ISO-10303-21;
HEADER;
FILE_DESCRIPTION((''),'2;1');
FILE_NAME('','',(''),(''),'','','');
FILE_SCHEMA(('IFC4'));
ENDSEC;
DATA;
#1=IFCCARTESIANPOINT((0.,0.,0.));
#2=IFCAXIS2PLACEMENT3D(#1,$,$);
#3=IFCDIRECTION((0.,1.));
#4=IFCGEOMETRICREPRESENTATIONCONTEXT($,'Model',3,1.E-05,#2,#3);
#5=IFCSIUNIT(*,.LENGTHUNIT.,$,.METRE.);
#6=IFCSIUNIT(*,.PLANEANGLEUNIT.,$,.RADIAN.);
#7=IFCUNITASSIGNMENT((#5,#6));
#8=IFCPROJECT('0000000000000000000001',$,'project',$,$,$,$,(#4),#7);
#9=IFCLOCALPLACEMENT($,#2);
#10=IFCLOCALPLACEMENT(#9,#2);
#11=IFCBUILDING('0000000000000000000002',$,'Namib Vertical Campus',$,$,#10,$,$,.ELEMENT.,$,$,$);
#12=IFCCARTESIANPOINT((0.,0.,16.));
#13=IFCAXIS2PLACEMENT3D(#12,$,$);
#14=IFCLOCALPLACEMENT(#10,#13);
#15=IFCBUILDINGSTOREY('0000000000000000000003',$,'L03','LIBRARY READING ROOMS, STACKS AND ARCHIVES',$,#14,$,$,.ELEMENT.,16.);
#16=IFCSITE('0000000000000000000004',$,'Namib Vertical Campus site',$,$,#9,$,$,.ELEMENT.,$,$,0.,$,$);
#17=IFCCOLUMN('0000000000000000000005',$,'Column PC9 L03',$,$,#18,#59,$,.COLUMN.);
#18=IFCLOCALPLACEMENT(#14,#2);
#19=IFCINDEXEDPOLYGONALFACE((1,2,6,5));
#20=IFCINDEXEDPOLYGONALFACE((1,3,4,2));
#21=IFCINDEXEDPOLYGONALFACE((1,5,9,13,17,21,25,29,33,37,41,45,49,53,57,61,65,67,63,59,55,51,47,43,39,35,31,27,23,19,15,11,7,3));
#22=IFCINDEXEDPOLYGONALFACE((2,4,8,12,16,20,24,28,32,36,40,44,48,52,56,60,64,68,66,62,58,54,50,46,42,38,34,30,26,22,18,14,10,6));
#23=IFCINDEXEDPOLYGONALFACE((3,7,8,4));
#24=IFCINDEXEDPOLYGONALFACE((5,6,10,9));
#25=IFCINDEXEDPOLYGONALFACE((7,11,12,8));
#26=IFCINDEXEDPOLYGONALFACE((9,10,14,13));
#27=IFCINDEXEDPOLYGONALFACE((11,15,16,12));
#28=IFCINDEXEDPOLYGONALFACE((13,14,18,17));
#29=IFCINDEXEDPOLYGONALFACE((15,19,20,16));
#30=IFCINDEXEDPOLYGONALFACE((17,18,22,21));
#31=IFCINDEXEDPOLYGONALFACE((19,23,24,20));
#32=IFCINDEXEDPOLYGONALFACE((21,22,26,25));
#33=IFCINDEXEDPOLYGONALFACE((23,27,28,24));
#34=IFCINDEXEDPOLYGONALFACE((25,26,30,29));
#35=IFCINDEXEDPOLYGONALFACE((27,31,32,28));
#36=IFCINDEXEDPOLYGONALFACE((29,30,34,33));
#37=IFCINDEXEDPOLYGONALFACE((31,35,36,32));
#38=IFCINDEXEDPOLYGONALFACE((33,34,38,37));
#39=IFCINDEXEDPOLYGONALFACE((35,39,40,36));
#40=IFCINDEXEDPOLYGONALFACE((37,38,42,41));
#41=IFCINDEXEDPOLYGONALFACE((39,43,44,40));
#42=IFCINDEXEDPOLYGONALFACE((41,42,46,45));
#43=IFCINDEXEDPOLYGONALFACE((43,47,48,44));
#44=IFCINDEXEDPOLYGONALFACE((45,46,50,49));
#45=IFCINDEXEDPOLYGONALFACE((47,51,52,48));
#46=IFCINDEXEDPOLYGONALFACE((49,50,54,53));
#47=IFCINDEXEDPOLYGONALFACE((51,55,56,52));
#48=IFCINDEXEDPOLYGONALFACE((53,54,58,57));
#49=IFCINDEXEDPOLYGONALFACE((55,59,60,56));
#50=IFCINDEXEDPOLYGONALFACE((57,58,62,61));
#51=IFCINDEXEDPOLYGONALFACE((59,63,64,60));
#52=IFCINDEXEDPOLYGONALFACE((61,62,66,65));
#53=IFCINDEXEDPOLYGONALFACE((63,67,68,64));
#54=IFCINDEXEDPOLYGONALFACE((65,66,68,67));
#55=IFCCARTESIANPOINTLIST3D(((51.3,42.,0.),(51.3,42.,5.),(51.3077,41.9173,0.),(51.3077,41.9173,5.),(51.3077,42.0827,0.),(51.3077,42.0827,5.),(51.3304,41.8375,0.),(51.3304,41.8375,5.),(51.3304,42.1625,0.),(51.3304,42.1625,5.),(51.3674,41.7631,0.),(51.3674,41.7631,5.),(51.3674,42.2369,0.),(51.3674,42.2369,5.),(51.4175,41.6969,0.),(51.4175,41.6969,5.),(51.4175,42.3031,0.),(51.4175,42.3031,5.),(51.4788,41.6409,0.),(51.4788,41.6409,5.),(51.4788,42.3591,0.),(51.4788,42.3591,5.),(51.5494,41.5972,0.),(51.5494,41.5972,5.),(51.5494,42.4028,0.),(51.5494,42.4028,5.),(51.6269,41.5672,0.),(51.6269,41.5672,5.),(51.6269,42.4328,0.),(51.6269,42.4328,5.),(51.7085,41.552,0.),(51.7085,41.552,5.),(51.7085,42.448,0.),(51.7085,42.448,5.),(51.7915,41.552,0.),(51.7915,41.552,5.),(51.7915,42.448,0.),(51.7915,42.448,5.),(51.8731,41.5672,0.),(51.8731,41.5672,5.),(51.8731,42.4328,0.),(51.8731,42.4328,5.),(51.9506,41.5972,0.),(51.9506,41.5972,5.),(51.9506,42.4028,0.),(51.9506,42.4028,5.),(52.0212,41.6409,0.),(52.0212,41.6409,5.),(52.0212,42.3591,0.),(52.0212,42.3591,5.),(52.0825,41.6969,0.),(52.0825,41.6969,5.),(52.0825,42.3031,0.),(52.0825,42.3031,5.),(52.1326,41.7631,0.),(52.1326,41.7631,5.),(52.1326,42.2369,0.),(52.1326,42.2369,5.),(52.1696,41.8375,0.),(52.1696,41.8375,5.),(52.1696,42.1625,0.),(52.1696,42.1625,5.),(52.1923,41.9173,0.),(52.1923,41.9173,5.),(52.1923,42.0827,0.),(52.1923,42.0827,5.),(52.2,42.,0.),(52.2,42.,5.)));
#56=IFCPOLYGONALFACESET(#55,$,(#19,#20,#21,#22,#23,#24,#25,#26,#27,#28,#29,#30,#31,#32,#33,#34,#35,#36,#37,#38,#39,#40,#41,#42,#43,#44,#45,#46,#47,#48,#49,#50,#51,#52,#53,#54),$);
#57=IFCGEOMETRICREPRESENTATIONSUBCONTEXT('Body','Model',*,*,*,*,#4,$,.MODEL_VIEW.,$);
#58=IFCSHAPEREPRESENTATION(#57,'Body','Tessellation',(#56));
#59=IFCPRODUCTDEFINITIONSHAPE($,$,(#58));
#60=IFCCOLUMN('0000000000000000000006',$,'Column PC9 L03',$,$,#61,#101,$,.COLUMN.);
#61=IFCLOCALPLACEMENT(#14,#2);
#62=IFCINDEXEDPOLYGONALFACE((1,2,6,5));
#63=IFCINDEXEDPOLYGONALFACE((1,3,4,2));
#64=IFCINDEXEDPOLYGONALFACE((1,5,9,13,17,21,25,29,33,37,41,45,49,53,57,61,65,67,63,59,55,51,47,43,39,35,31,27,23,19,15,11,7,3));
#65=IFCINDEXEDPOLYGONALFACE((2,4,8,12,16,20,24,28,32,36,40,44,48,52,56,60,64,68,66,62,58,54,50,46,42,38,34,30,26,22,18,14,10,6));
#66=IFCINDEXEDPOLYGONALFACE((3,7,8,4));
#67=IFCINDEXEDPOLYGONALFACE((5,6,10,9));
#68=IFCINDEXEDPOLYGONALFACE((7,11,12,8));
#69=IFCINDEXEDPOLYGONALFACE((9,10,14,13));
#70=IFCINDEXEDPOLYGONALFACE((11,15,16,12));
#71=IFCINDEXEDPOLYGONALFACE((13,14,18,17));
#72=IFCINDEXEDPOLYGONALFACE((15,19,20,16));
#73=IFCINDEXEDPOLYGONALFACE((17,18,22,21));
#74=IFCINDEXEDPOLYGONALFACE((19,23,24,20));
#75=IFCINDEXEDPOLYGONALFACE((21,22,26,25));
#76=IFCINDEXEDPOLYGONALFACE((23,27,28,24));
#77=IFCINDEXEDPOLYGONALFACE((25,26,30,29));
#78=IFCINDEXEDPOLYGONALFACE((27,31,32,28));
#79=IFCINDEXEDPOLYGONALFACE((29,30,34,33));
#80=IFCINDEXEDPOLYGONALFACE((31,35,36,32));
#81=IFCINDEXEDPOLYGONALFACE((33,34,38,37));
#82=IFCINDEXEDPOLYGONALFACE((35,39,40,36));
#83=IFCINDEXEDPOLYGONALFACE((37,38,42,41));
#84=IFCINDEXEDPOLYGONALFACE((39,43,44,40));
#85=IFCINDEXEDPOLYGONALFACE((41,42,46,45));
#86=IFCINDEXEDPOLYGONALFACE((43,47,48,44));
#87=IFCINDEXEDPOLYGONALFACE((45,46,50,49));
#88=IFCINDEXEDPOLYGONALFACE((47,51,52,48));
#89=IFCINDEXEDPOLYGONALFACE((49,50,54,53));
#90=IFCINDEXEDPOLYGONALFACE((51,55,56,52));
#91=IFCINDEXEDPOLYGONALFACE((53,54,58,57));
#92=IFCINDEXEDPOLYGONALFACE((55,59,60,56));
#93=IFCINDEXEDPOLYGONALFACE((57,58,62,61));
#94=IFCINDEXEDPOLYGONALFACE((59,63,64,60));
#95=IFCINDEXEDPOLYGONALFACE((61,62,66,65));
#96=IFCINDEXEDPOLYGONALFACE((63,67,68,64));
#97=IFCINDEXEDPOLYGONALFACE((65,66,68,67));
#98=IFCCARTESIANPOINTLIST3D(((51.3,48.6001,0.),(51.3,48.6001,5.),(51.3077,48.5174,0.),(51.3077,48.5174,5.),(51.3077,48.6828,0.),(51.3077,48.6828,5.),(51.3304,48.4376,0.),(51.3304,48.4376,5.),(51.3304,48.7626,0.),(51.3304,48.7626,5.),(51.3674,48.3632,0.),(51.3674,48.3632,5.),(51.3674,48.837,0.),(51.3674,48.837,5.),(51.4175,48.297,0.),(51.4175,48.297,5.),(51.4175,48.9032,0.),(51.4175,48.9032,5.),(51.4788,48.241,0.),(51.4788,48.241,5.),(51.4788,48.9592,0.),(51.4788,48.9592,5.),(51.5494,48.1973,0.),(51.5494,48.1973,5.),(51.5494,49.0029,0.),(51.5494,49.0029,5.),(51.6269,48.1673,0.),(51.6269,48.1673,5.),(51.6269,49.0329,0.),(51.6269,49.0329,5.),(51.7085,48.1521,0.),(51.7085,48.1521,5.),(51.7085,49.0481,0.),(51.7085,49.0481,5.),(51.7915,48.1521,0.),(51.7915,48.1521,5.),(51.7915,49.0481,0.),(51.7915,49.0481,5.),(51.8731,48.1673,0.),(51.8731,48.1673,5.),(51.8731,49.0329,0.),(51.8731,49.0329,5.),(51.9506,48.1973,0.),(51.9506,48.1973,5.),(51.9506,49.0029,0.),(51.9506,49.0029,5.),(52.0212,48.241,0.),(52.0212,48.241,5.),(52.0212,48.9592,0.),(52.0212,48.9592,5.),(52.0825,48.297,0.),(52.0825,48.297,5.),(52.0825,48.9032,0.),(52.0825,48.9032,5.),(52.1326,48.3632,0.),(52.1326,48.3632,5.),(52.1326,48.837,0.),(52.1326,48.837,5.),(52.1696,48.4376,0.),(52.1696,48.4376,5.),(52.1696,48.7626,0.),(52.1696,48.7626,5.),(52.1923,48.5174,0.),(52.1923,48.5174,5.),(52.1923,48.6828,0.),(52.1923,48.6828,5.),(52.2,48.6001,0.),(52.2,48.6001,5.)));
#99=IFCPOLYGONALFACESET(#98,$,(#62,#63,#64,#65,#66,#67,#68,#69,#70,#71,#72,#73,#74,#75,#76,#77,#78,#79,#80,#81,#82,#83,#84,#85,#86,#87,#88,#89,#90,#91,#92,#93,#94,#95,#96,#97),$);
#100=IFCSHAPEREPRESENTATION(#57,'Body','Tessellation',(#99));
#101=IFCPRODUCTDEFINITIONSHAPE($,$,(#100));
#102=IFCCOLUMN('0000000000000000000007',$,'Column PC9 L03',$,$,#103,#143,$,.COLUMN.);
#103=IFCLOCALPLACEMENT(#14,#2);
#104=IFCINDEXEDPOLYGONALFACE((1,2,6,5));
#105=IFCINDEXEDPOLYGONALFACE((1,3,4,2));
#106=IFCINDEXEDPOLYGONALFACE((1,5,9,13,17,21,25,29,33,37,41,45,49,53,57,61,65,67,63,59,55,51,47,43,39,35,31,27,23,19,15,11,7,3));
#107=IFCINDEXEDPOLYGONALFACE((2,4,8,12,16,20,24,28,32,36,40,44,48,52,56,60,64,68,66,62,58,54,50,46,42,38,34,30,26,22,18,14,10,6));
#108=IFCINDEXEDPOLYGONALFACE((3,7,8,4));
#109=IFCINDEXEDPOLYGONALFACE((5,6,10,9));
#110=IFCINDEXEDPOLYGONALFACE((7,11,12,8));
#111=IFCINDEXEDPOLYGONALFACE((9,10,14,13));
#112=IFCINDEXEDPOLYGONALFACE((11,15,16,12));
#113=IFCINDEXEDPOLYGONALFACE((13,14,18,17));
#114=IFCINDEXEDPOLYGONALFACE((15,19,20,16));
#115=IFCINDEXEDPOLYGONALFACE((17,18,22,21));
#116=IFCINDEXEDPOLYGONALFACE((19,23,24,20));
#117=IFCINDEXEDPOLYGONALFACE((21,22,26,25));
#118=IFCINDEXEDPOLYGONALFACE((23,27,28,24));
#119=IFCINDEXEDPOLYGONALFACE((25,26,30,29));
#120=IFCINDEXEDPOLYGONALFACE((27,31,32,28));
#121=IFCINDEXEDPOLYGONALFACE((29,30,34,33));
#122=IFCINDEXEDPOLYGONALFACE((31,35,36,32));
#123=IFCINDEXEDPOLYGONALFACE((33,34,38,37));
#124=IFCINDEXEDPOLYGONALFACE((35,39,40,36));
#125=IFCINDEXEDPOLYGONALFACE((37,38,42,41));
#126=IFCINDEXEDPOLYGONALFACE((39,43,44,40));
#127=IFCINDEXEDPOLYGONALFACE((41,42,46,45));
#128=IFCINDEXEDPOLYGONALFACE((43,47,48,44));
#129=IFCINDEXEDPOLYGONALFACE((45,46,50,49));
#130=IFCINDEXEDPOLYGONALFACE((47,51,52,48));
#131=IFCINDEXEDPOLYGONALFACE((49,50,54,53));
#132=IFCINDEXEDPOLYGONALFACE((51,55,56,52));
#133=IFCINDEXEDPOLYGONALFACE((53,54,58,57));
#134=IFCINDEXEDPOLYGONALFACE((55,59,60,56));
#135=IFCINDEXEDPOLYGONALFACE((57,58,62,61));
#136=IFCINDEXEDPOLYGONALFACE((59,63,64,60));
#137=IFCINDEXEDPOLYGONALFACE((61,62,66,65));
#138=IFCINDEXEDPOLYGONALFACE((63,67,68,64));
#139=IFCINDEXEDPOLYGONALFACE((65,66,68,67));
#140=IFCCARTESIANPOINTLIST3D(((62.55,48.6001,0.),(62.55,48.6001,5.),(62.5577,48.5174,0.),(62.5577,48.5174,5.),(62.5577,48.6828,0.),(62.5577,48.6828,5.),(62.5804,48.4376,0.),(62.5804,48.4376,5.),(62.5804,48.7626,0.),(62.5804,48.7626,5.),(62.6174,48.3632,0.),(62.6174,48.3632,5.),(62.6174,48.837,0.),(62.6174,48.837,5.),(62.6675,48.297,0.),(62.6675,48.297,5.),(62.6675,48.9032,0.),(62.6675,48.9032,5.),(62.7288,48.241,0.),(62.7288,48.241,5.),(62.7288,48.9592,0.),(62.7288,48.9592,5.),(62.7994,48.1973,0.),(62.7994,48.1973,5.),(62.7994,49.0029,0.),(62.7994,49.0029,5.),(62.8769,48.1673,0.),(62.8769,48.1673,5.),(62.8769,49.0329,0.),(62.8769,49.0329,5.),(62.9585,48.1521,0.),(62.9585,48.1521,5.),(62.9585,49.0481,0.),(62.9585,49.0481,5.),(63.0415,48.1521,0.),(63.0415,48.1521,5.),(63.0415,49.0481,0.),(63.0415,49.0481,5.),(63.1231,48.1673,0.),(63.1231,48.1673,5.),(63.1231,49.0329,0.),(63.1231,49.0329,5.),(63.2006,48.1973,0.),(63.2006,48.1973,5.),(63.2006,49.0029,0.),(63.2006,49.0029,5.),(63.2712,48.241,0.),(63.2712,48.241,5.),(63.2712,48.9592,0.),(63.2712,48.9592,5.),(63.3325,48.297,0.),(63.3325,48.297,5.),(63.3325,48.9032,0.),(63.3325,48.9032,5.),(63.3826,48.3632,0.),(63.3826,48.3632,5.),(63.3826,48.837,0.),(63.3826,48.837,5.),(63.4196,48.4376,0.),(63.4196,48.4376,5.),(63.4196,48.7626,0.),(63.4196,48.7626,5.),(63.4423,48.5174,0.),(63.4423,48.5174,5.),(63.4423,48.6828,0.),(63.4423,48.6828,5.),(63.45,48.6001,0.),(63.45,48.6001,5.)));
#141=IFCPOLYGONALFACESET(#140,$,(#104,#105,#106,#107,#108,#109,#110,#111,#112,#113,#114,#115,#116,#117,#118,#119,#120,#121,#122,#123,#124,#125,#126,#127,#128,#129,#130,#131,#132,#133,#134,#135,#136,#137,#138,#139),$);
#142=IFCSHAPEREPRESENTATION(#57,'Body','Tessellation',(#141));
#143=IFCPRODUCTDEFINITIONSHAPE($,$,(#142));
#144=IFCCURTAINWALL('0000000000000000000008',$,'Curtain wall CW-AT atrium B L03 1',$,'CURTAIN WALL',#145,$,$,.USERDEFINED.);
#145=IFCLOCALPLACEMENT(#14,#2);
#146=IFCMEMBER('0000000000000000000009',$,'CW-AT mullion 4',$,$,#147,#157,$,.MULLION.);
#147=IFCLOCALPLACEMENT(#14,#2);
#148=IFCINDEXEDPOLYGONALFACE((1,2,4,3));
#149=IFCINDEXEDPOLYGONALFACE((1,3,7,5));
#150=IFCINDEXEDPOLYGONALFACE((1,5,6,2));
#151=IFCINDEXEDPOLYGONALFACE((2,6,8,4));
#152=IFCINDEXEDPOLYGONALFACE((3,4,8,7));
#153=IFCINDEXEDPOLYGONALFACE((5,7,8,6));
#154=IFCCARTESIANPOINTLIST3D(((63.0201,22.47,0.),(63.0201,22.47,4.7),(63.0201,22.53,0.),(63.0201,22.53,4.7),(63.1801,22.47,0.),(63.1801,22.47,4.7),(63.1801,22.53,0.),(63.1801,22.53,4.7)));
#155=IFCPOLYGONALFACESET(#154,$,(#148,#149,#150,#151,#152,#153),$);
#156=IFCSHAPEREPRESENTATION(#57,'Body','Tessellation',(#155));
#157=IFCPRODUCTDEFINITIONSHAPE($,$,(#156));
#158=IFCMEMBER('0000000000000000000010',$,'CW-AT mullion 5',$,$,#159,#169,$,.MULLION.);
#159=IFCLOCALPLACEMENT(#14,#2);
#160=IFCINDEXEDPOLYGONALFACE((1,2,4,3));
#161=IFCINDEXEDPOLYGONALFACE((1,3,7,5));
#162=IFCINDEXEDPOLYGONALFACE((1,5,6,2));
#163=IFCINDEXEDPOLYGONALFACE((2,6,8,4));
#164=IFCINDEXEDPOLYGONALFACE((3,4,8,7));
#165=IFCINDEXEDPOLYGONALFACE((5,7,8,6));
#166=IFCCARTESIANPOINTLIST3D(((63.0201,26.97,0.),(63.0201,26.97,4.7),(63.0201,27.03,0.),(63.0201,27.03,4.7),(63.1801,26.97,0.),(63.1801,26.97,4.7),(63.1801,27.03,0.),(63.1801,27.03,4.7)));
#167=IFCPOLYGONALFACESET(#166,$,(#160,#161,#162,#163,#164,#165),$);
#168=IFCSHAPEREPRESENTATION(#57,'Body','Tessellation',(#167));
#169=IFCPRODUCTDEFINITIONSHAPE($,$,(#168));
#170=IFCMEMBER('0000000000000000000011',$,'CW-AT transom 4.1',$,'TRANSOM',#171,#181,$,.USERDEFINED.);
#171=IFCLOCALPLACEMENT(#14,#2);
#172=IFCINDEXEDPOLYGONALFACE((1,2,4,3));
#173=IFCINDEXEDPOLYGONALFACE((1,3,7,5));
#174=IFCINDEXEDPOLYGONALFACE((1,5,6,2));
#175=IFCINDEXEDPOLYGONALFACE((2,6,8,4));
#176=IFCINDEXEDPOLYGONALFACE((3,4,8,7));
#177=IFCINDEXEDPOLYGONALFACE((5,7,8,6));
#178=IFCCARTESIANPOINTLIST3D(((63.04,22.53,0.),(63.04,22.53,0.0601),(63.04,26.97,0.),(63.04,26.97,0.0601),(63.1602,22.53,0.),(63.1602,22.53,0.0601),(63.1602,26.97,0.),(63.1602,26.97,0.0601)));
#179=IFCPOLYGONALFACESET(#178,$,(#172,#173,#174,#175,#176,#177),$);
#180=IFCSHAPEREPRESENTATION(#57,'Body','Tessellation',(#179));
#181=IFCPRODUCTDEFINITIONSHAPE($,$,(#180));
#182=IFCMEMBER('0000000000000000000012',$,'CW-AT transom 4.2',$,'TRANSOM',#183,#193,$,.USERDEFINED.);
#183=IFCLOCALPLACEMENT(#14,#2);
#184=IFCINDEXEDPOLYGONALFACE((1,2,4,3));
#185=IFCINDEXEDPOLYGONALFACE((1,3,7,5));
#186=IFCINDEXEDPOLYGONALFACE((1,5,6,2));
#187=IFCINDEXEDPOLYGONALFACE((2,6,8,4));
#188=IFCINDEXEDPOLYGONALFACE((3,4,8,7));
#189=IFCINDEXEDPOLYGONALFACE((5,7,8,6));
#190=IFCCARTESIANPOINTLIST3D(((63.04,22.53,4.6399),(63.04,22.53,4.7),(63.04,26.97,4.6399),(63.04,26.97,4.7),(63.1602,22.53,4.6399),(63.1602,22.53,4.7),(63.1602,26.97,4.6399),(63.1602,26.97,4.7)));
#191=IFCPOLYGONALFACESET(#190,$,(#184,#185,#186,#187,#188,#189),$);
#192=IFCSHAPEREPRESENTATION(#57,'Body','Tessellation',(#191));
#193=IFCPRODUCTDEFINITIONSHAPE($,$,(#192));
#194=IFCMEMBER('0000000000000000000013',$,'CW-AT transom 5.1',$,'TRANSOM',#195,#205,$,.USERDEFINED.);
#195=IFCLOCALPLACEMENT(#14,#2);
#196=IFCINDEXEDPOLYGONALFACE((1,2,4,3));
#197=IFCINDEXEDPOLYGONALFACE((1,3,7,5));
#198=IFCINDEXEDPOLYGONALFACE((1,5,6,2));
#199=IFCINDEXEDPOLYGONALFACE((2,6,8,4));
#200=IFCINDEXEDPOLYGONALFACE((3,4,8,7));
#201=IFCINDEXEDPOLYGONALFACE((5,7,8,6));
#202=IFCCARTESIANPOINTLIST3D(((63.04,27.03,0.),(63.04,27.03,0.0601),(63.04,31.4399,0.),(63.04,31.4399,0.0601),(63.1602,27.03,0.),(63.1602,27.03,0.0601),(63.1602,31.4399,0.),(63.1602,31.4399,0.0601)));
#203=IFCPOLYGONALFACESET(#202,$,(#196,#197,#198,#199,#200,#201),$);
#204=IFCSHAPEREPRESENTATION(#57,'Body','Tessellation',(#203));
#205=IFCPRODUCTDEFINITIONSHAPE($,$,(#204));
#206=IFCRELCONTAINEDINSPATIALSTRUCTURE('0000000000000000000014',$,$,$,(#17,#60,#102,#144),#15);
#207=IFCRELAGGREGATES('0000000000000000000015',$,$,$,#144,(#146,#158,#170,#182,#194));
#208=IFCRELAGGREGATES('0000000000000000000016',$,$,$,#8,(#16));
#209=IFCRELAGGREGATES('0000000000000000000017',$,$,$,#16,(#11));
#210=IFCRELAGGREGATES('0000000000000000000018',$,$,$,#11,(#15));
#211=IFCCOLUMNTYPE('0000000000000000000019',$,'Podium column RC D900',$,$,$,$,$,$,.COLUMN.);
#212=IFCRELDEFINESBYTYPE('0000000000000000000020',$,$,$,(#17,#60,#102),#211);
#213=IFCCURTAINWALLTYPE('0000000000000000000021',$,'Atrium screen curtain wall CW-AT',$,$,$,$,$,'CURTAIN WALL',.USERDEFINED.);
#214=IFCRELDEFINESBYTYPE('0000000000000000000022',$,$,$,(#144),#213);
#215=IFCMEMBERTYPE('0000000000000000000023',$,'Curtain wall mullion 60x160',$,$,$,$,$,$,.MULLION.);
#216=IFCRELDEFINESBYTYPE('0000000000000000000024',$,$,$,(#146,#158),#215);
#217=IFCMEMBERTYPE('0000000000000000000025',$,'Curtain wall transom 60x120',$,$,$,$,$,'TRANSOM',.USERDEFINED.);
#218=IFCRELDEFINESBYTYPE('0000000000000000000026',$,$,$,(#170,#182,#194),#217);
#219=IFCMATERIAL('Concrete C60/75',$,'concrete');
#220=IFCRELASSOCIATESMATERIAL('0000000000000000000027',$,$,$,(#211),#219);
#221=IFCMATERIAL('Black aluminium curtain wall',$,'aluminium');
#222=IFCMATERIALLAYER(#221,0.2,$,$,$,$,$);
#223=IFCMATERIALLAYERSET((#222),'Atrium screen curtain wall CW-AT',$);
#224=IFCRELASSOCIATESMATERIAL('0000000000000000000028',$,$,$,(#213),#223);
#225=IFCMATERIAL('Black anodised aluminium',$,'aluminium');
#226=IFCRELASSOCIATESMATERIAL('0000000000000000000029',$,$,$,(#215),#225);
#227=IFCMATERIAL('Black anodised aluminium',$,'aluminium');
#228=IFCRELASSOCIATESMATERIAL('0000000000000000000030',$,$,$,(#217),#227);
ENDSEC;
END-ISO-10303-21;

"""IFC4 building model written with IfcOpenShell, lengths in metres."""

from ifc_helpers import new_model, si_unit, direction, frame, origin, origin_2d, place, context, subcontext, project, spatial, rectangle, circle, extrude, material, layer, layer_set, material_profile, profile_set, type_object, element, aggregate, save


model = new_model("IFC4")

# Units and contexts
model_context = context("Model", 3, precision=1e-05, world=origin(), true_north=direction((0.0, 1.0)))
body_context = subcontext(model_context, "Body", "Model", "MODEL_VIEW")
ifc_project = project(units=[si_unit("LENGTHUNIT", "METRE"), si_unit("PLANEANGLEUNIT", "RADIAN")], contexts=[model_context])

# Site, building, storey
site_placement = place(None, origin())
site = spatial("IfcSite", under=ifc_project, at=site_placement, Name="Namib Vertical Campus site", CompositionType="ELEMENT", RefElevation=0.0)
building_placement = place(site_placement, origin())
building = spatial("IfcBuilding", under=site, at=building_placement, Name="Namib Vertical Campus", CompositionType="ELEMENT")
storey_placement = place(building_placement, frame((0.0, 0.0, 16.0)))
storey = spatial("IfcBuildingStorey", under=building, at=storey_placement, Name="L03", Description="LIBRARY READING ROOMS, STACKS AND ARCHIVES", CompositionType="ELEMENT", Elevation=16.0)

# Columns
ifc_material_1 = material(Name="Concrete C60/75", Category="concrete")
ifc_material_profile_1 = material_profile(ifc_material_1, circle(Radius=0.45, at=origin_2d()))
ifc_profile_set_1 = profile_set([ifc_material_profile_1], Name="Concrete C60/75")
column_type_1 = type_object("IfcColumnType", Name="Podium column RC D900", PredefinedType="COLUMN", material=ifc_profile_set_1)
for number, where, z_axis, x_axis, name in (
    (1, (51.75, 42.0, 0.0), (0.0, 0.0, 1.0), (1.0, 0.0, 0.0), "Column PC9 L03"),
    (2, (51.75, 48.6001, 0.0), (0.0, 0.0, 1.0), (1.0, 0.0, 0.0), "Column PC9 L03"),
    (3, (63.0, 48.6001, 0.0), (0.0, 0.0, 1.0), (1.0, 0.0, 0.0), "Column PC9 L03"),
):
    element("IfcColumn", number, at=place(storey_placement, frame(where, z_axis=z_axis, x_axis=x_axis)), inside=storey, type_object=column_type_1, Name=name, PredefinedType="COLUMN", context=body_context, shape_type="SweptSolid", body=[
        extrude(circle(Radius=0.45, at=origin_2d()), origin(), (0.0, 0.0, 1.0), 5.0),
    ])

# Curtain wall, members
ifc_material_2 = material(Name="Black aluminium curtain wall", Category="aluminium")
ifc_layer_1 = layer(ifc_material_2, 0.2)
ifc_layer_set_1 = layer_set([ifc_layer_1], Name="Atrium screen curtain wall CW-AT")
curtain_wall_type = type_object("IfcCurtainWallType", Name="Atrium screen curtain wall CW-AT", ElementType="CURTAIN WALL", PredefinedType="USERDEFINED", material=ifc_layer_set_1)
curtain_wall_placement = place(storey_placement, origin())
curtain_wall = element("IfcCurtainWall", 4, at=curtain_wall_placement, inside=storey, type_object=curtain_wall_type, Name="Curtain wall CW-AT atrium B L03 1", ObjectType="CURTAIN WALL", PredefinedType="USERDEFINED")
ifc_material_3 = material(Name="Black anodised aluminium", Category="aluminium")
ifc_material_profile_2 = material_profile(ifc_material_3, rectangle(XDim=0.0601, YDim=0.1599, at=origin_2d()))
ifc_profile_set_2 = profile_set([ifc_material_profile_2], Name="Black anodised aluminium")
member_type_1 = type_object("IfcMemberType", Name="Curtain wall mullion 60x160", PredefinedType="MULLION", material=ifc_profile_set_2)
member_1_placement = place(storey_placement, frame((63.1001, 22.5, 0.0), z_axis=(0.0, 0.0, 1.0), x_axis=(0.0, 1.0, 0.0)))
member_1 = element("IfcMember", 5, at=member_1_placement, type_object=member_type_1, Name="CW-AT mullion 4", PredefinedType="MULLION", context=body_context, shape_type="SweptSolid", body=[
    extrude(rectangle(XDim=0.0601, YDim=0.1599, at=origin_2d()), origin(), (0.0, 0.0, 1.0), 4.7),
])
member_2_placement = place(storey_placement, frame((63.1001, 27.0, 0.0), z_axis=(0.0, 0.0, 1.0), x_axis=(0.0, 1.0, 0.0)))
member_2 = element("IfcMember", 6, at=member_2_placement, type_object=member_type_1, Name="CW-AT mullion 5", PredefinedType="MULLION", context=body_context, shape_type="SweptSolid", body=[
    extrude(rectangle(XDim=0.0601, YDim=0.1599, at=origin_2d()), origin(), (0.0, 0.0, 1.0), 4.7),
])
ifc_material_4 = material(Name="Black anodised aluminium", Category="aluminium")
ifc_material_profile_3 = material_profile(ifc_material_4, rectangle(XDim=0.0601, YDim=0.1201, at=origin_2d()))
ifc_profile_set_3 = profile_set([ifc_material_profile_3], Name="Black anodised aluminium")
member_type_2 = type_object("IfcMemberType", Name="Curtain wall transom 60x120", ElementType="TRANSOM", PredefinedType="USERDEFINED", material=ifc_profile_set_3)
member_3_placement = place(storey_placement, frame((63.1001, 22.53, 0.03), z_axis=(0.0, 1.0, 0.0), x_axis=(0.0, 0.0, 1.0)))
member_3 = element("IfcMember", 7, at=member_3_placement, type_object=member_type_2, Name="CW-AT transom 4.1", ObjectType="TRANSOM", PredefinedType="USERDEFINED", context=body_context, shape_type="SweptSolid", body=[
    extrude(rectangle(XDim=0.0601, YDim=0.1201, at=origin_2d()), origin(), (0.0, 0.0, 1.0), 4.4399),
])
member_4_placement = place(storey_placement, frame((63.1001, 22.53, 4.6699), z_axis=(0.0, 1.0, 0.0), x_axis=(0.0, 0.0, 1.0)))
member_4 = element("IfcMember", 8, at=member_4_placement, type_object=member_type_2, Name="CW-AT transom 4.2", ObjectType="TRANSOM", PredefinedType="USERDEFINED", context=body_context, shape_type="SweptSolid", body=[
    extrude(rectangle(XDim=0.0601, YDim=0.1201, at=origin_2d()), origin(), (0.0, 0.0, 1.0), 4.4399),
])
member_5_placement = place(storey_placement, frame((63.1001, 27.03, 0.03), z_axis=(0.0, 1.0, 0.0), x_axis=(0.0, 0.0, 1.0)))
member_5 = element("IfcMember", 9, at=member_5_placement, type_object=member_type_2, Name="CW-AT transom 5.1", ObjectType="TRANSOM", PredefinedType="USERDEFINED", context=body_context, shape_type="SweptSolid", body=[
    extrude(rectangle(XDim=0.0601, YDim=0.1201, at=origin_2d()), origin(), (0.0, 0.0, 1.0), 4.4099),
])

aggregate(curtain_wall, [member_1, member_2, member_3, member_4, member_5])

save(model, "model.ifc")
